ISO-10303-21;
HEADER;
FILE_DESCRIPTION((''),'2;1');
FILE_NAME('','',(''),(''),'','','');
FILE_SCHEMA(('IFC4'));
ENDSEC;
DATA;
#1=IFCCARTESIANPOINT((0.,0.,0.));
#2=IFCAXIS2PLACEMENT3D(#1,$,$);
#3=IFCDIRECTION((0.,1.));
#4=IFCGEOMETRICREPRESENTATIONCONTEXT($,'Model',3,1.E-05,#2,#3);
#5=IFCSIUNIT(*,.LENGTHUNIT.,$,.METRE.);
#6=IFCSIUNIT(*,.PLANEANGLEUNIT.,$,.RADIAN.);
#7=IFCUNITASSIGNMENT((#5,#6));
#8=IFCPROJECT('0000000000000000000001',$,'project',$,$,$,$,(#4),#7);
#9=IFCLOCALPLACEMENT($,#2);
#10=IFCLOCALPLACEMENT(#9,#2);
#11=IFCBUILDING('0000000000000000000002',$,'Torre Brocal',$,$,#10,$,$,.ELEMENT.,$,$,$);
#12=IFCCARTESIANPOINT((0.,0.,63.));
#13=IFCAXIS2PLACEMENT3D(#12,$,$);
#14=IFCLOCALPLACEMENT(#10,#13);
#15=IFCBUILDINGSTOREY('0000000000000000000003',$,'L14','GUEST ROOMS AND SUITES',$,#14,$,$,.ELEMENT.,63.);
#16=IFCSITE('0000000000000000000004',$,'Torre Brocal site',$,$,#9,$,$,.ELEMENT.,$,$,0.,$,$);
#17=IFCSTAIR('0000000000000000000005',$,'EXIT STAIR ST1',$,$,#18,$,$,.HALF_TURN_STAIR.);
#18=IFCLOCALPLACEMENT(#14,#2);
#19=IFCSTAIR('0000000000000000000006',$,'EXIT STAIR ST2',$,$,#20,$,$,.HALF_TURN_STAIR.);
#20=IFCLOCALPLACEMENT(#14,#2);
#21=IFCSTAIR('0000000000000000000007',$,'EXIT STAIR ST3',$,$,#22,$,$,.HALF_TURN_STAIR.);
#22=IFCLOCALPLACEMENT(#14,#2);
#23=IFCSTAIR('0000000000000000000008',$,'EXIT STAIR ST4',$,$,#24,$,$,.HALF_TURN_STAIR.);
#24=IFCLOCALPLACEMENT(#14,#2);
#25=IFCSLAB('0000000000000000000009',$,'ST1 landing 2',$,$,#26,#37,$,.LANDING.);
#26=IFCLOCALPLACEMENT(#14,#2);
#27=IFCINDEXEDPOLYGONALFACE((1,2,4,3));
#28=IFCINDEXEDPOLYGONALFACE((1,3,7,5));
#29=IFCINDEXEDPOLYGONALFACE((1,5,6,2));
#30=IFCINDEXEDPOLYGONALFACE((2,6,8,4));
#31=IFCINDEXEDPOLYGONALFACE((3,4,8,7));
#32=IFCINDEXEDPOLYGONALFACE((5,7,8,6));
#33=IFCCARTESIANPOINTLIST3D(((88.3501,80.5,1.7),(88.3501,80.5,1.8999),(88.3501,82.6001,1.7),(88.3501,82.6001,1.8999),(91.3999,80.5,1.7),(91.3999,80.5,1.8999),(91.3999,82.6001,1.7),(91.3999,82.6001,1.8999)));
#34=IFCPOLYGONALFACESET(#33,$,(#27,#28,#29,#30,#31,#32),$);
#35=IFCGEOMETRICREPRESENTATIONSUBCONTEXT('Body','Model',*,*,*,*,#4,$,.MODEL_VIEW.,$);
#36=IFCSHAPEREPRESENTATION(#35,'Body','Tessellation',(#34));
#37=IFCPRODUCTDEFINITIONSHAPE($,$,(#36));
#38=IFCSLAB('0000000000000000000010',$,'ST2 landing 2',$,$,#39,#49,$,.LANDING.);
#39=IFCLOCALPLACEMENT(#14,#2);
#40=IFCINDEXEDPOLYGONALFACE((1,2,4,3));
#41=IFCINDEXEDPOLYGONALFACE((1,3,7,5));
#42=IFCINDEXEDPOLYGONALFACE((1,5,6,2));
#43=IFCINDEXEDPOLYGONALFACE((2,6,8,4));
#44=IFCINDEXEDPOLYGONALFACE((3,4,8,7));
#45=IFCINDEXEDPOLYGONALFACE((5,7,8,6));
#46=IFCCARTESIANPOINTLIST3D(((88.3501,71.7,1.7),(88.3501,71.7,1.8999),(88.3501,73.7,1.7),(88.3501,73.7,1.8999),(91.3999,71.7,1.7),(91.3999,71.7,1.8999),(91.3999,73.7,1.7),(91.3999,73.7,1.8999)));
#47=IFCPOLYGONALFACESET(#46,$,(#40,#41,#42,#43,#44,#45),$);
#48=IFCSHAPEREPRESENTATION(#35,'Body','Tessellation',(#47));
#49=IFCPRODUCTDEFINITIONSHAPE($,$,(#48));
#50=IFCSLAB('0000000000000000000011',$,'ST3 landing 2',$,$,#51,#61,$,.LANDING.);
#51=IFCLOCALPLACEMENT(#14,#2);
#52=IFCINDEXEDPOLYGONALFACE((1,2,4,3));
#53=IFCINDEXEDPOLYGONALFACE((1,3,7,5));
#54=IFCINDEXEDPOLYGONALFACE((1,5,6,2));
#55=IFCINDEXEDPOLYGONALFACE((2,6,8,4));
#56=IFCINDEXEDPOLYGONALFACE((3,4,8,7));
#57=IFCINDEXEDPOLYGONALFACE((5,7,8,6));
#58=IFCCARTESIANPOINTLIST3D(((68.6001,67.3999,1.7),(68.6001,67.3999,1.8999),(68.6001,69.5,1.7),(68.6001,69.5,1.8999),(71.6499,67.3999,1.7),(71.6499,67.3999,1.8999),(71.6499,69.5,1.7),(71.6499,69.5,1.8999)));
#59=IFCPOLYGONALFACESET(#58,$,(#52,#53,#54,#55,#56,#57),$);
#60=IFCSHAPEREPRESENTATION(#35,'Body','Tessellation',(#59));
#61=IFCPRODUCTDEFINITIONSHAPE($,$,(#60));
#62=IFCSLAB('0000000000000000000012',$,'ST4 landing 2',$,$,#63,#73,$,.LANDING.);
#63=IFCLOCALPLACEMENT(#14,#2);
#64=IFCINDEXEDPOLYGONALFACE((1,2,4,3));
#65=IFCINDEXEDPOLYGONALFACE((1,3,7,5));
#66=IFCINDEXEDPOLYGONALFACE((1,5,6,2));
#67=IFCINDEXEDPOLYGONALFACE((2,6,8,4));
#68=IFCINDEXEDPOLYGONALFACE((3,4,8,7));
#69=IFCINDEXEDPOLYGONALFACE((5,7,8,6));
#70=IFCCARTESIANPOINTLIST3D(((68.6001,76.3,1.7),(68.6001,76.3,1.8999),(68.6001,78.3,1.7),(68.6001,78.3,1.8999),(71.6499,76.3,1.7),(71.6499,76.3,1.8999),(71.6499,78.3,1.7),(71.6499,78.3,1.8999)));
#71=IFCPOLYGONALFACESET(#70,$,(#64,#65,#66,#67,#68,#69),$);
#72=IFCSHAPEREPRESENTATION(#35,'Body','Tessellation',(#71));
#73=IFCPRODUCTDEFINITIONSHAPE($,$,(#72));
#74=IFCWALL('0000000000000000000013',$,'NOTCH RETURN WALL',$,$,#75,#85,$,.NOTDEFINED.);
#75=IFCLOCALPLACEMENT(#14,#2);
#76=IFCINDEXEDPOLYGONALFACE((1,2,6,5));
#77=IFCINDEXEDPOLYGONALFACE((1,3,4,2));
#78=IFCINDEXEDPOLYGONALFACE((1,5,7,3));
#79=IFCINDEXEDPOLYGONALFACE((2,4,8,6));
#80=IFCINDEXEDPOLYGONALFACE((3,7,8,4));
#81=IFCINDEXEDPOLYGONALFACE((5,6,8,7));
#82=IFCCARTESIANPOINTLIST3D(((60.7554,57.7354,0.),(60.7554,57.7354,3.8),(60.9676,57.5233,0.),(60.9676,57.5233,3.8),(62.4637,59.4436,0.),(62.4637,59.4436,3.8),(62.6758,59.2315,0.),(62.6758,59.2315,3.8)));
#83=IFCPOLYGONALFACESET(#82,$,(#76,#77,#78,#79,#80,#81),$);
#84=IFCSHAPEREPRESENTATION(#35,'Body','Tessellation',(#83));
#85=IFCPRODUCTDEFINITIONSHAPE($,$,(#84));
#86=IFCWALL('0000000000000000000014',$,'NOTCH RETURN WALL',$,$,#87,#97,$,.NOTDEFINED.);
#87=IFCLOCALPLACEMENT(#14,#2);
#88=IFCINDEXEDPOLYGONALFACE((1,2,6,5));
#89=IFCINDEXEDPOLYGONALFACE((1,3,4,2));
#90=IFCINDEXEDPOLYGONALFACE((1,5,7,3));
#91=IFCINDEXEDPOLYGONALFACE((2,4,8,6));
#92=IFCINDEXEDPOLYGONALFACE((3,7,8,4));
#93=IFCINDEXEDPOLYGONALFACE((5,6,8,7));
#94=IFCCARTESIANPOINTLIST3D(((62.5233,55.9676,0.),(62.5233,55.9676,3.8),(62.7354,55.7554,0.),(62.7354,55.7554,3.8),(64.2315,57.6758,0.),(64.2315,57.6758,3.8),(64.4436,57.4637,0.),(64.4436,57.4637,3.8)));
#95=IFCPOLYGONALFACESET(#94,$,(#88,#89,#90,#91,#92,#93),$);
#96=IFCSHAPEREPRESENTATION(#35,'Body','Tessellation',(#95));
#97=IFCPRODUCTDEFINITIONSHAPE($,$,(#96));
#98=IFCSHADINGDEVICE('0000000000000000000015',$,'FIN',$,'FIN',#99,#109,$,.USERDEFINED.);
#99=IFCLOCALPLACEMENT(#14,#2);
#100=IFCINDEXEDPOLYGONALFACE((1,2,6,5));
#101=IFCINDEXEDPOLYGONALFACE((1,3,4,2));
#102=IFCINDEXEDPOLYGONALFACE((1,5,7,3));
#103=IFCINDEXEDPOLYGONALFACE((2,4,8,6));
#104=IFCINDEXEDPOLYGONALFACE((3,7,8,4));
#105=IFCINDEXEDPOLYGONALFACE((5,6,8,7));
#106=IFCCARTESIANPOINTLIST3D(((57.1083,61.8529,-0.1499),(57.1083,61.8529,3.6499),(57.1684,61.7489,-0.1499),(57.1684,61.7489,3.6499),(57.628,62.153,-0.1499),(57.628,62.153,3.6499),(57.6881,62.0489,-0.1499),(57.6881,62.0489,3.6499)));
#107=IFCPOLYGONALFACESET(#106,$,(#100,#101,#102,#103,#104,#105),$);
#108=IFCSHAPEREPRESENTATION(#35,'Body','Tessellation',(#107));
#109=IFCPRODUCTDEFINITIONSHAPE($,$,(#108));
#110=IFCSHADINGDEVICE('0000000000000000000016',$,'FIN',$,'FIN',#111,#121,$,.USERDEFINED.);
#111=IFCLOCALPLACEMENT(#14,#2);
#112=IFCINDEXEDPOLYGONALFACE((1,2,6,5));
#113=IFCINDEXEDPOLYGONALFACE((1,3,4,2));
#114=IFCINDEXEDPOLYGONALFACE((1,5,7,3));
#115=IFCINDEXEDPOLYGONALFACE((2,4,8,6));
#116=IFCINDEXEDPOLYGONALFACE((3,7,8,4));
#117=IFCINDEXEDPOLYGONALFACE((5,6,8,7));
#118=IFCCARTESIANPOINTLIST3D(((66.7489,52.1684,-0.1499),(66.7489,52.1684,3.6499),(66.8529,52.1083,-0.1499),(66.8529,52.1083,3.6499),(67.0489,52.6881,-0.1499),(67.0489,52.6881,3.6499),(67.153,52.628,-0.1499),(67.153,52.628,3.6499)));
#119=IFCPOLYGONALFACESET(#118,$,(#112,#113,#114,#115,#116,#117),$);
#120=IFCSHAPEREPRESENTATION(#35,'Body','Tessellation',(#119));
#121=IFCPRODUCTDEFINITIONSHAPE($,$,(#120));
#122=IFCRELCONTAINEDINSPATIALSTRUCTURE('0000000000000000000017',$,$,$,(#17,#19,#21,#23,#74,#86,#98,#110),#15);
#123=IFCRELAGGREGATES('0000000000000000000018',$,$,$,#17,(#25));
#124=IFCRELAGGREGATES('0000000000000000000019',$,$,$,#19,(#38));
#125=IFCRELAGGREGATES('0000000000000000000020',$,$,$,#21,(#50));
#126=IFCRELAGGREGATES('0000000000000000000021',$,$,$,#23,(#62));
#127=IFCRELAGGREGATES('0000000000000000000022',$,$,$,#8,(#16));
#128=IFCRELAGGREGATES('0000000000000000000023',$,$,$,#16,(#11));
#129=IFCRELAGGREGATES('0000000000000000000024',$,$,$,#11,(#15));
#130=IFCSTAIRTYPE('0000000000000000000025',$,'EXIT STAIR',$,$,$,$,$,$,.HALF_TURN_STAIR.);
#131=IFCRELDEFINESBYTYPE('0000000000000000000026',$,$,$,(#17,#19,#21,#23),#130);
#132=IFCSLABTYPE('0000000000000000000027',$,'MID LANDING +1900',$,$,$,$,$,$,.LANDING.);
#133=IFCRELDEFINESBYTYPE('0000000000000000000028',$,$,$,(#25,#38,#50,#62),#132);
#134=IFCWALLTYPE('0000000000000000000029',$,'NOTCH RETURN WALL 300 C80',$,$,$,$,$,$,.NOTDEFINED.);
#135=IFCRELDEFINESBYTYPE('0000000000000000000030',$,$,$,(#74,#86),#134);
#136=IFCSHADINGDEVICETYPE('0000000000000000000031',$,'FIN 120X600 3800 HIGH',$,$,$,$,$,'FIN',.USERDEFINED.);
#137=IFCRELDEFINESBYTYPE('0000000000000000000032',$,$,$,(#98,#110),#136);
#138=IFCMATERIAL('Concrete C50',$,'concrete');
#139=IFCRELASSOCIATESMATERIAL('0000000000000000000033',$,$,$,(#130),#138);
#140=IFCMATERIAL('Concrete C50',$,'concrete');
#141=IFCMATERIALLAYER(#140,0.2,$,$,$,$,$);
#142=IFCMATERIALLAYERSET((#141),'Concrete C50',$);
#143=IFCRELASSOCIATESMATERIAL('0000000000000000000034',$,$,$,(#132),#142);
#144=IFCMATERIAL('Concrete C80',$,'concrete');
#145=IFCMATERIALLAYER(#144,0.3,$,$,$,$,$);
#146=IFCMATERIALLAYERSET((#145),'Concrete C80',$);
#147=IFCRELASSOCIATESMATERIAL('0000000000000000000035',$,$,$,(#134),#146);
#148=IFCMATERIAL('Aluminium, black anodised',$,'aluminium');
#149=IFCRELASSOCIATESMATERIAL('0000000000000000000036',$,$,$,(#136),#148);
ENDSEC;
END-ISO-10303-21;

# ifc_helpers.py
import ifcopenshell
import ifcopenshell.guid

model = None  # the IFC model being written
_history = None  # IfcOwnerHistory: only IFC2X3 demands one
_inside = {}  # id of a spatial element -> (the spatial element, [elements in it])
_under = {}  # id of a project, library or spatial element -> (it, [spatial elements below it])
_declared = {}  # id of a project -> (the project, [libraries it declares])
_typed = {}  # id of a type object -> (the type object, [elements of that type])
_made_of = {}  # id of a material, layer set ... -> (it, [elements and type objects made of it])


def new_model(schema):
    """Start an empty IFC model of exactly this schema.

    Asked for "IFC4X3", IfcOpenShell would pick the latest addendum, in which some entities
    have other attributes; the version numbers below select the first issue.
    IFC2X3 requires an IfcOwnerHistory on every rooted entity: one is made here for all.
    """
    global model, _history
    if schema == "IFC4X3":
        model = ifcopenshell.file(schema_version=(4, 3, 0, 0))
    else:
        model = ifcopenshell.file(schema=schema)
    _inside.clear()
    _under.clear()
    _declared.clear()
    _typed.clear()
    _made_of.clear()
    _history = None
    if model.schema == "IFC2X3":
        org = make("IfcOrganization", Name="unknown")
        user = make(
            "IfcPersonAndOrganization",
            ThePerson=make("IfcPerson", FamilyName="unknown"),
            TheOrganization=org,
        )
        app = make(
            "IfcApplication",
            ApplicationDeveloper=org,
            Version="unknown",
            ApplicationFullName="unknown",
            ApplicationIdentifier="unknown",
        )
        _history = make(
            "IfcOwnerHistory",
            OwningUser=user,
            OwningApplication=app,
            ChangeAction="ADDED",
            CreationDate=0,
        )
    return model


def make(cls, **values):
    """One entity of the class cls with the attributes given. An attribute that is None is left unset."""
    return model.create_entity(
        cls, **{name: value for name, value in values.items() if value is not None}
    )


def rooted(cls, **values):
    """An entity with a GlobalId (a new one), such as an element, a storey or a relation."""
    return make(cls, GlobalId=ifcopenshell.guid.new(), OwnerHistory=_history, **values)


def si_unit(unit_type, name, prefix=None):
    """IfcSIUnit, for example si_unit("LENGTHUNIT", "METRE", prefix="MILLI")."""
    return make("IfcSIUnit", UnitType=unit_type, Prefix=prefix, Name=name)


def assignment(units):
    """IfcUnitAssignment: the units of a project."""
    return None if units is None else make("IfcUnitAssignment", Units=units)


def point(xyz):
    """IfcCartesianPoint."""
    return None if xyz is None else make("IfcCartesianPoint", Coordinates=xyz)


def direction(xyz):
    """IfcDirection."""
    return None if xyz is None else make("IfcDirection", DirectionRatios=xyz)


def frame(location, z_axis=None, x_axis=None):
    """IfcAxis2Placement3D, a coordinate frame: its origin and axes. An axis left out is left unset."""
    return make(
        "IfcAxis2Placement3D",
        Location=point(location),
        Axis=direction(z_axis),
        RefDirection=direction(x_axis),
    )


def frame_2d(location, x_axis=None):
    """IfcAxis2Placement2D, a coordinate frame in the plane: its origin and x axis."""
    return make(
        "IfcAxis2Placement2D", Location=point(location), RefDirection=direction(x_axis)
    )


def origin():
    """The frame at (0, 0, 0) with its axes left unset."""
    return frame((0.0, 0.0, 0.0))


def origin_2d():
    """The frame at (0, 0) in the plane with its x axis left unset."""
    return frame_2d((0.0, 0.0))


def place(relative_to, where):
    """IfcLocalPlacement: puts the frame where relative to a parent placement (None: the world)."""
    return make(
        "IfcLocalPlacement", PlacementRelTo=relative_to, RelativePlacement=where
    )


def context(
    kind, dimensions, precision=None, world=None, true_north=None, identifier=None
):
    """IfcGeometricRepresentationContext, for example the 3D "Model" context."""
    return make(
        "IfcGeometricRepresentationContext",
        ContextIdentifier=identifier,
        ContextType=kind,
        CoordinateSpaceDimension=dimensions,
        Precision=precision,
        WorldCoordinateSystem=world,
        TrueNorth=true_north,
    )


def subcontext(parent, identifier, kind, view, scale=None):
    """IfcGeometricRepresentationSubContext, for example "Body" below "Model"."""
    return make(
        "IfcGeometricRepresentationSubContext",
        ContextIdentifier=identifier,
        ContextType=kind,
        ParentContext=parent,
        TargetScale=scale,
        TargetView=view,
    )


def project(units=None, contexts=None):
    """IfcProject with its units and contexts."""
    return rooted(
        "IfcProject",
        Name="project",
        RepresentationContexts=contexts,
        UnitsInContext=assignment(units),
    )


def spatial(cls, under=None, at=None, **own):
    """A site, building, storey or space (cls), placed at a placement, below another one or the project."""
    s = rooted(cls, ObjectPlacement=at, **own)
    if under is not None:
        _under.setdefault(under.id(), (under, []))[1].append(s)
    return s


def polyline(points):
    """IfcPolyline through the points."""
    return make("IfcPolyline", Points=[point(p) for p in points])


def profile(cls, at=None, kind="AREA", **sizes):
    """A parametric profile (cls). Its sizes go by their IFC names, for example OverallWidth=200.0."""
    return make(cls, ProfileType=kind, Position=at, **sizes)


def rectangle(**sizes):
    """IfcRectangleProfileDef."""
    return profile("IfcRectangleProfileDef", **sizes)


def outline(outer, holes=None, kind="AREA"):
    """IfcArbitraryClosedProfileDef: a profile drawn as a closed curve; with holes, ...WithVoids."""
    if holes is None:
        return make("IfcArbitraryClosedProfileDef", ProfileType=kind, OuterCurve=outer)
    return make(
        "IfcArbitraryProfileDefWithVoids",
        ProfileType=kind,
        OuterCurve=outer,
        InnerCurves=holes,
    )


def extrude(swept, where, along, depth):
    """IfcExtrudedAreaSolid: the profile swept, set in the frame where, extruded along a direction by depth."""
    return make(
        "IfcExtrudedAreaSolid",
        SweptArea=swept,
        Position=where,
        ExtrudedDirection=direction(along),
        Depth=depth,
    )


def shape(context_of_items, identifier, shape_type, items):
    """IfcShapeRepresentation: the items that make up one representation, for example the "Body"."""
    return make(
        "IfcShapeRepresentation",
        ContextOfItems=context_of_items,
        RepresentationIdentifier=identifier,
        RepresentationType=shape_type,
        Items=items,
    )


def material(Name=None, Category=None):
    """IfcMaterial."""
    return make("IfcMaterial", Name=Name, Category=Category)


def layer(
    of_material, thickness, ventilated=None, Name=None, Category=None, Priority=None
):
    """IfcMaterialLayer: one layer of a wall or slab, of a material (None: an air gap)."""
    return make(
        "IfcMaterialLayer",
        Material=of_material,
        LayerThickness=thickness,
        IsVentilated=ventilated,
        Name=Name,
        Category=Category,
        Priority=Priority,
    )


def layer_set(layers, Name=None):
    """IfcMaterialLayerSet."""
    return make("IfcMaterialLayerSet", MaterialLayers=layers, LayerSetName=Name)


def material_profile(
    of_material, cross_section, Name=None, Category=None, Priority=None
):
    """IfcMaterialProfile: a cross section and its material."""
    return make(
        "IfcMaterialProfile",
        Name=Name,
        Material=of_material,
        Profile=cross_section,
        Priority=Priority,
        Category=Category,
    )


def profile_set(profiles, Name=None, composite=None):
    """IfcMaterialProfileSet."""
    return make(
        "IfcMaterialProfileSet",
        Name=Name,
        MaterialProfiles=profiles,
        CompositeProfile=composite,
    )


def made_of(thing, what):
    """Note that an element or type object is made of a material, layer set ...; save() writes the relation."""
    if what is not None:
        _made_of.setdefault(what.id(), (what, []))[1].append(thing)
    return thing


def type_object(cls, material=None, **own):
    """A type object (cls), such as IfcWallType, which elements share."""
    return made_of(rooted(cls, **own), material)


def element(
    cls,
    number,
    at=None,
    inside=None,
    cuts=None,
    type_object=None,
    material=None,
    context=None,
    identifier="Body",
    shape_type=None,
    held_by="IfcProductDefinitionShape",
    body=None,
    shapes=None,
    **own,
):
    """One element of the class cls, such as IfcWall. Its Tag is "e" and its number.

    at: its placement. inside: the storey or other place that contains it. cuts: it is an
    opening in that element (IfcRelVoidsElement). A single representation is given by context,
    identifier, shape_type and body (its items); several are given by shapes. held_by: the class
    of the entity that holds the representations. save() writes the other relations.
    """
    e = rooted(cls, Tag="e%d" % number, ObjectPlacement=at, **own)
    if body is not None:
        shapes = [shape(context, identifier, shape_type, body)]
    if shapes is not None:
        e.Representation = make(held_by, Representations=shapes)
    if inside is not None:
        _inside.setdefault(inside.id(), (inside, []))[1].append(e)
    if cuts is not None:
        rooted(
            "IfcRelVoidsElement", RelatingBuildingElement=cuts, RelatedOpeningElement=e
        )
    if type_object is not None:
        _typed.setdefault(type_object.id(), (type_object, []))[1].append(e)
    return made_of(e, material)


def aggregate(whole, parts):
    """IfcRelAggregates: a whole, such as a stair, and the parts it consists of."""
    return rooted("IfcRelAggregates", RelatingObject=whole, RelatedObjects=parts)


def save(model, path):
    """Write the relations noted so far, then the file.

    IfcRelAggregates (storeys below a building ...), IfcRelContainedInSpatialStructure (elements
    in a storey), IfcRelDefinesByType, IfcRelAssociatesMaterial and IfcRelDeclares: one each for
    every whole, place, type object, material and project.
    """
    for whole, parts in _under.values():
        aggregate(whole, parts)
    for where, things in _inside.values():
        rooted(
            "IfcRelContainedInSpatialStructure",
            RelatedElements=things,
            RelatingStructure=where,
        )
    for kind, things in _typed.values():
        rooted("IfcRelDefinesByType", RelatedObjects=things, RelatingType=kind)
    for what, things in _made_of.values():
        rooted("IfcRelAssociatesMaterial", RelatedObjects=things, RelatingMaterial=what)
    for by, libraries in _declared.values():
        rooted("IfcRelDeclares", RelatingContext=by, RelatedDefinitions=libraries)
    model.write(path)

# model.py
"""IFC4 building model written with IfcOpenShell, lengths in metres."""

from ifc_helpers import new_model, si_unit, direction, frame, frame_2d, origin, origin_2d, place, context, subcontext, project, spatial, polyline, rectangle, outline, extrude, material, layer, layer_set, material_profile, profile_set, type_object, element, aggregate, save


model = new_model("IFC4")

# Units and contexts
model_context = context("Model", 3, precision=1e-05, world=origin(), true_north=direction((0.0, 1.0)))
body_context = subcontext(model_context, "Body", "Model", "MODEL_VIEW")
ifc_project = project(units=[si_unit("LENGTHUNIT", "METRE"), si_unit("PLANEANGLEUNIT", "RADIAN")], contexts=[model_context])

# Site, building, storey
site_placement = place(None, origin())
site = spatial("IfcSite", under=ifc_project, at=site_placement, Name="Torre Brocal site", CompositionType="ELEMENT", RefElevation=0.0)
building_placement = place(site_placement, origin())
building = spatial("IfcBuilding", under=site, at=building_placement, Name="Torre Brocal", CompositionType="ELEMENT")
storey_placement = place(building_placement, frame((0.0, 0.0, 63.0)))
storey = spatial("IfcBuildingStorey", under=building, at=storey_placement, Name="L14", Description="GUEST ROOMS AND SUITES", CompositionType="ELEMENT", Elevation=63.0)

# Stairs
ifc_material_1 = material(Name="Concrete C50", Category="concrete")
stair_type = type_object("IfcStairType", Name="EXIT STAIR", PredefinedType="HALF_TURN_STAIR", material=ifc_material_1)
stair_1_placement = place(storey_placement, origin())
stair_1 = element("IfcStair", 1, at=stair_1_placement, inside=storey, type_object=stair_type, Name="EXIT STAIR ST1", PredefinedType="HALF_TURN_STAIR")
stair_2_placement = place(storey_placement, origin())
stair_2 = element("IfcStair", 2, at=stair_2_placement, inside=storey, type_object=stair_type, Name="EXIT STAIR ST2", PredefinedType="HALF_TURN_STAIR")
stair_3_placement = place(storey_placement, origin())
stair_3 = element("IfcStair", 3, at=stair_3_placement, inside=storey, type_object=stair_type, Name="EXIT STAIR ST3", PredefinedType="HALF_TURN_STAIR")
stair_4_placement = place(storey_placement, origin())
stair_4 = element("IfcStair", 4, at=stair_4_placement, inside=storey, type_object=stair_type, Name="EXIT STAIR ST4", PredefinedType="HALF_TURN_STAIR")

# Slabs
ifc_material_2 = material(Name="Concrete C50", Category="concrete")
ifc_layer_1 = layer(ifc_material_2, 0.2)
ifc_layer_set_1 = layer_set([ifc_layer_1], Name="Concrete C50")
slab_type_1 = type_object("IfcSlabType", Name="MID LANDING +1900", PredefinedType="LANDING", material=ifc_layer_set_1)
slab_1_placement = place(storey_placement, frame((0.0, 0.0, 1.7)))
slab_1 = element("IfcSlab", 5, at=slab_1_placement, type_object=slab_type_1, Name="ST1 landing 2", PredefinedType="LANDING", context=body_context, shape_type="SweptSolid", body=[
    extrude(outline(polyline([(88.3501, 80.5), (91.3999, 80.5), (91.3999, 82.6001), (88.3501, 82.6001), (88.3501, 80.5)])), origin(), (0.0, 0.0, 1.0), 0.2),
])
aggregate(stair_1, [slab_1])
slab_2_placement = place(storey_placement, frame((0.0, 0.0, 1.7)))
slab_2 = element("IfcSlab", 6, at=slab_2_placement, type_object=slab_type_1, Name="ST2 landing 2", PredefinedType="LANDING", context=body_context, shape_type="SweptSolid", body=[
    extrude(outline(polyline([(88.3501, 71.7), (91.3999, 71.7), (91.3999, 73.7), (88.3501, 73.7), (88.3501, 71.7)])), origin(), (0.0, 0.0, 1.0), 0.2),
])
aggregate(stair_2, [slab_2])
slab_3_placement = place(storey_placement, frame((0.0, 0.0, 1.7)))
slab_3 = element("IfcSlab", 7, at=slab_3_placement, type_object=slab_type_1, Name="ST3 landing 2", PredefinedType="LANDING", context=body_context, shape_type="SweptSolid", body=[
    extrude(outline(polyline([(71.6499, 69.5), (68.6001, 69.5), (68.6001, 67.3999), (71.6499, 67.3999), (71.6499, 69.5)])), origin(), (0.0, 0.0, 1.0), 0.2),
])
aggregate(stair_3, [slab_3])
slab_4_placement = place(storey_placement, frame((0.0, 0.0, 1.7)))
slab_4 = element("IfcSlab", 8, at=slab_4_placement, type_object=slab_type_1, Name="ST4 landing 2", PredefinedType="LANDING", context=body_context, shape_type="SweptSolid", body=[
    extrude(outline(polyline([(71.6499, 78.3), (68.6001, 78.3), (68.6001, 76.3), (71.6499, 76.3), (71.6499, 78.3)])), origin(), (0.0, 0.0, 1.0), 0.2),
])
aggregate(stair_4, [slab_4])

# Walls
ifc_material_3 = material(Name="Concrete C80", Category="concrete")
ifc_layer_2 = layer(ifc_material_3, 0.3)
ifc_layer_set_2 = layer_set([ifc_layer_2], Name="Concrete C80")
wall_type = type_object("IfcWallType", Name="NOTCH RETURN WALL 300 C80", PredefinedType="NOTDEFINED", material=ifc_layer_set_2)
for number, where, z_axis, x_axis, name in (
    (9, (62.5698, 59.3376, 0.0), (0.0, 0.0, 1.0), (-0.707107, -0.707107, 0.0), "NOTCH RETURN WALL"),
    (10, (64.3376, 57.5698, 0.0), (0.0, 0.0, 1.0), (-0.707107, -0.707107, 0.0), "NOTCH RETURN WALL"),
):
    element("IfcWall", number, at=place(storey_placement, frame(where, z_axis=z_axis, x_axis=x_axis)), inside=storey, type_object=wall_type, Name=name, PredefinedType="NOTDEFINED", context=body_context, shape_type="SweptSolid", body=[
        extrude(rectangle(XDim=2.4158, YDim=0.3, at=frame_2d((1.208, 0.0))), origin(), (0.0, 0.0, 1.0), 3.8),
    ])

# Shading devices
ifc_material_4 = material(Name="Aluminium, black anodised", Category="aluminium")
ifc_material_profile_1 = material_profile(ifc_material_4, rectangle(XDim=0.1201, YDim=0.6001, at=origin_2d()), Name="FIN 120X600 3800 HIGH")
ifc_profile_set_1 = profile_set([ifc_material_profile_1], Name="Aluminium, black anodised")
shading_device_type = type_object("IfcShadingDeviceType", Name="FIN 120X600 3800 HIGH", ElementType="FIN", PredefinedType="USERDEFINED", material=ifc_profile_set_1)
for number, where, z_axis, x_axis, name in (
    (11, (57.3982, 61.9509, -0.1499), (0.0, 0.0, 1.0), (0.5, -0.866025, 0.0), "FIN"),
    (12, (66.9509, 52.3982, -0.1499), (0.0, 0.0, 1.0), (0.866025, -0.5, 0.0), "FIN"),
):
    element("IfcShadingDevice", number, at=place(storey_placement, frame(where, z_axis=z_axis, x_axis=x_axis)), inside=storey, type_object=shading_device_type, Name=name, ObjectType="FIN", PredefinedType="USERDEFINED", context=body_context, shape_type="SweptSolid", body=[
        extrude(rectangle(XDim=0.1201, YDim=0.6001, at=origin_2d()), origin(), (0.0, 0.0, 1.0), 3.7998),
    ])

save(model, "model.ifc")
